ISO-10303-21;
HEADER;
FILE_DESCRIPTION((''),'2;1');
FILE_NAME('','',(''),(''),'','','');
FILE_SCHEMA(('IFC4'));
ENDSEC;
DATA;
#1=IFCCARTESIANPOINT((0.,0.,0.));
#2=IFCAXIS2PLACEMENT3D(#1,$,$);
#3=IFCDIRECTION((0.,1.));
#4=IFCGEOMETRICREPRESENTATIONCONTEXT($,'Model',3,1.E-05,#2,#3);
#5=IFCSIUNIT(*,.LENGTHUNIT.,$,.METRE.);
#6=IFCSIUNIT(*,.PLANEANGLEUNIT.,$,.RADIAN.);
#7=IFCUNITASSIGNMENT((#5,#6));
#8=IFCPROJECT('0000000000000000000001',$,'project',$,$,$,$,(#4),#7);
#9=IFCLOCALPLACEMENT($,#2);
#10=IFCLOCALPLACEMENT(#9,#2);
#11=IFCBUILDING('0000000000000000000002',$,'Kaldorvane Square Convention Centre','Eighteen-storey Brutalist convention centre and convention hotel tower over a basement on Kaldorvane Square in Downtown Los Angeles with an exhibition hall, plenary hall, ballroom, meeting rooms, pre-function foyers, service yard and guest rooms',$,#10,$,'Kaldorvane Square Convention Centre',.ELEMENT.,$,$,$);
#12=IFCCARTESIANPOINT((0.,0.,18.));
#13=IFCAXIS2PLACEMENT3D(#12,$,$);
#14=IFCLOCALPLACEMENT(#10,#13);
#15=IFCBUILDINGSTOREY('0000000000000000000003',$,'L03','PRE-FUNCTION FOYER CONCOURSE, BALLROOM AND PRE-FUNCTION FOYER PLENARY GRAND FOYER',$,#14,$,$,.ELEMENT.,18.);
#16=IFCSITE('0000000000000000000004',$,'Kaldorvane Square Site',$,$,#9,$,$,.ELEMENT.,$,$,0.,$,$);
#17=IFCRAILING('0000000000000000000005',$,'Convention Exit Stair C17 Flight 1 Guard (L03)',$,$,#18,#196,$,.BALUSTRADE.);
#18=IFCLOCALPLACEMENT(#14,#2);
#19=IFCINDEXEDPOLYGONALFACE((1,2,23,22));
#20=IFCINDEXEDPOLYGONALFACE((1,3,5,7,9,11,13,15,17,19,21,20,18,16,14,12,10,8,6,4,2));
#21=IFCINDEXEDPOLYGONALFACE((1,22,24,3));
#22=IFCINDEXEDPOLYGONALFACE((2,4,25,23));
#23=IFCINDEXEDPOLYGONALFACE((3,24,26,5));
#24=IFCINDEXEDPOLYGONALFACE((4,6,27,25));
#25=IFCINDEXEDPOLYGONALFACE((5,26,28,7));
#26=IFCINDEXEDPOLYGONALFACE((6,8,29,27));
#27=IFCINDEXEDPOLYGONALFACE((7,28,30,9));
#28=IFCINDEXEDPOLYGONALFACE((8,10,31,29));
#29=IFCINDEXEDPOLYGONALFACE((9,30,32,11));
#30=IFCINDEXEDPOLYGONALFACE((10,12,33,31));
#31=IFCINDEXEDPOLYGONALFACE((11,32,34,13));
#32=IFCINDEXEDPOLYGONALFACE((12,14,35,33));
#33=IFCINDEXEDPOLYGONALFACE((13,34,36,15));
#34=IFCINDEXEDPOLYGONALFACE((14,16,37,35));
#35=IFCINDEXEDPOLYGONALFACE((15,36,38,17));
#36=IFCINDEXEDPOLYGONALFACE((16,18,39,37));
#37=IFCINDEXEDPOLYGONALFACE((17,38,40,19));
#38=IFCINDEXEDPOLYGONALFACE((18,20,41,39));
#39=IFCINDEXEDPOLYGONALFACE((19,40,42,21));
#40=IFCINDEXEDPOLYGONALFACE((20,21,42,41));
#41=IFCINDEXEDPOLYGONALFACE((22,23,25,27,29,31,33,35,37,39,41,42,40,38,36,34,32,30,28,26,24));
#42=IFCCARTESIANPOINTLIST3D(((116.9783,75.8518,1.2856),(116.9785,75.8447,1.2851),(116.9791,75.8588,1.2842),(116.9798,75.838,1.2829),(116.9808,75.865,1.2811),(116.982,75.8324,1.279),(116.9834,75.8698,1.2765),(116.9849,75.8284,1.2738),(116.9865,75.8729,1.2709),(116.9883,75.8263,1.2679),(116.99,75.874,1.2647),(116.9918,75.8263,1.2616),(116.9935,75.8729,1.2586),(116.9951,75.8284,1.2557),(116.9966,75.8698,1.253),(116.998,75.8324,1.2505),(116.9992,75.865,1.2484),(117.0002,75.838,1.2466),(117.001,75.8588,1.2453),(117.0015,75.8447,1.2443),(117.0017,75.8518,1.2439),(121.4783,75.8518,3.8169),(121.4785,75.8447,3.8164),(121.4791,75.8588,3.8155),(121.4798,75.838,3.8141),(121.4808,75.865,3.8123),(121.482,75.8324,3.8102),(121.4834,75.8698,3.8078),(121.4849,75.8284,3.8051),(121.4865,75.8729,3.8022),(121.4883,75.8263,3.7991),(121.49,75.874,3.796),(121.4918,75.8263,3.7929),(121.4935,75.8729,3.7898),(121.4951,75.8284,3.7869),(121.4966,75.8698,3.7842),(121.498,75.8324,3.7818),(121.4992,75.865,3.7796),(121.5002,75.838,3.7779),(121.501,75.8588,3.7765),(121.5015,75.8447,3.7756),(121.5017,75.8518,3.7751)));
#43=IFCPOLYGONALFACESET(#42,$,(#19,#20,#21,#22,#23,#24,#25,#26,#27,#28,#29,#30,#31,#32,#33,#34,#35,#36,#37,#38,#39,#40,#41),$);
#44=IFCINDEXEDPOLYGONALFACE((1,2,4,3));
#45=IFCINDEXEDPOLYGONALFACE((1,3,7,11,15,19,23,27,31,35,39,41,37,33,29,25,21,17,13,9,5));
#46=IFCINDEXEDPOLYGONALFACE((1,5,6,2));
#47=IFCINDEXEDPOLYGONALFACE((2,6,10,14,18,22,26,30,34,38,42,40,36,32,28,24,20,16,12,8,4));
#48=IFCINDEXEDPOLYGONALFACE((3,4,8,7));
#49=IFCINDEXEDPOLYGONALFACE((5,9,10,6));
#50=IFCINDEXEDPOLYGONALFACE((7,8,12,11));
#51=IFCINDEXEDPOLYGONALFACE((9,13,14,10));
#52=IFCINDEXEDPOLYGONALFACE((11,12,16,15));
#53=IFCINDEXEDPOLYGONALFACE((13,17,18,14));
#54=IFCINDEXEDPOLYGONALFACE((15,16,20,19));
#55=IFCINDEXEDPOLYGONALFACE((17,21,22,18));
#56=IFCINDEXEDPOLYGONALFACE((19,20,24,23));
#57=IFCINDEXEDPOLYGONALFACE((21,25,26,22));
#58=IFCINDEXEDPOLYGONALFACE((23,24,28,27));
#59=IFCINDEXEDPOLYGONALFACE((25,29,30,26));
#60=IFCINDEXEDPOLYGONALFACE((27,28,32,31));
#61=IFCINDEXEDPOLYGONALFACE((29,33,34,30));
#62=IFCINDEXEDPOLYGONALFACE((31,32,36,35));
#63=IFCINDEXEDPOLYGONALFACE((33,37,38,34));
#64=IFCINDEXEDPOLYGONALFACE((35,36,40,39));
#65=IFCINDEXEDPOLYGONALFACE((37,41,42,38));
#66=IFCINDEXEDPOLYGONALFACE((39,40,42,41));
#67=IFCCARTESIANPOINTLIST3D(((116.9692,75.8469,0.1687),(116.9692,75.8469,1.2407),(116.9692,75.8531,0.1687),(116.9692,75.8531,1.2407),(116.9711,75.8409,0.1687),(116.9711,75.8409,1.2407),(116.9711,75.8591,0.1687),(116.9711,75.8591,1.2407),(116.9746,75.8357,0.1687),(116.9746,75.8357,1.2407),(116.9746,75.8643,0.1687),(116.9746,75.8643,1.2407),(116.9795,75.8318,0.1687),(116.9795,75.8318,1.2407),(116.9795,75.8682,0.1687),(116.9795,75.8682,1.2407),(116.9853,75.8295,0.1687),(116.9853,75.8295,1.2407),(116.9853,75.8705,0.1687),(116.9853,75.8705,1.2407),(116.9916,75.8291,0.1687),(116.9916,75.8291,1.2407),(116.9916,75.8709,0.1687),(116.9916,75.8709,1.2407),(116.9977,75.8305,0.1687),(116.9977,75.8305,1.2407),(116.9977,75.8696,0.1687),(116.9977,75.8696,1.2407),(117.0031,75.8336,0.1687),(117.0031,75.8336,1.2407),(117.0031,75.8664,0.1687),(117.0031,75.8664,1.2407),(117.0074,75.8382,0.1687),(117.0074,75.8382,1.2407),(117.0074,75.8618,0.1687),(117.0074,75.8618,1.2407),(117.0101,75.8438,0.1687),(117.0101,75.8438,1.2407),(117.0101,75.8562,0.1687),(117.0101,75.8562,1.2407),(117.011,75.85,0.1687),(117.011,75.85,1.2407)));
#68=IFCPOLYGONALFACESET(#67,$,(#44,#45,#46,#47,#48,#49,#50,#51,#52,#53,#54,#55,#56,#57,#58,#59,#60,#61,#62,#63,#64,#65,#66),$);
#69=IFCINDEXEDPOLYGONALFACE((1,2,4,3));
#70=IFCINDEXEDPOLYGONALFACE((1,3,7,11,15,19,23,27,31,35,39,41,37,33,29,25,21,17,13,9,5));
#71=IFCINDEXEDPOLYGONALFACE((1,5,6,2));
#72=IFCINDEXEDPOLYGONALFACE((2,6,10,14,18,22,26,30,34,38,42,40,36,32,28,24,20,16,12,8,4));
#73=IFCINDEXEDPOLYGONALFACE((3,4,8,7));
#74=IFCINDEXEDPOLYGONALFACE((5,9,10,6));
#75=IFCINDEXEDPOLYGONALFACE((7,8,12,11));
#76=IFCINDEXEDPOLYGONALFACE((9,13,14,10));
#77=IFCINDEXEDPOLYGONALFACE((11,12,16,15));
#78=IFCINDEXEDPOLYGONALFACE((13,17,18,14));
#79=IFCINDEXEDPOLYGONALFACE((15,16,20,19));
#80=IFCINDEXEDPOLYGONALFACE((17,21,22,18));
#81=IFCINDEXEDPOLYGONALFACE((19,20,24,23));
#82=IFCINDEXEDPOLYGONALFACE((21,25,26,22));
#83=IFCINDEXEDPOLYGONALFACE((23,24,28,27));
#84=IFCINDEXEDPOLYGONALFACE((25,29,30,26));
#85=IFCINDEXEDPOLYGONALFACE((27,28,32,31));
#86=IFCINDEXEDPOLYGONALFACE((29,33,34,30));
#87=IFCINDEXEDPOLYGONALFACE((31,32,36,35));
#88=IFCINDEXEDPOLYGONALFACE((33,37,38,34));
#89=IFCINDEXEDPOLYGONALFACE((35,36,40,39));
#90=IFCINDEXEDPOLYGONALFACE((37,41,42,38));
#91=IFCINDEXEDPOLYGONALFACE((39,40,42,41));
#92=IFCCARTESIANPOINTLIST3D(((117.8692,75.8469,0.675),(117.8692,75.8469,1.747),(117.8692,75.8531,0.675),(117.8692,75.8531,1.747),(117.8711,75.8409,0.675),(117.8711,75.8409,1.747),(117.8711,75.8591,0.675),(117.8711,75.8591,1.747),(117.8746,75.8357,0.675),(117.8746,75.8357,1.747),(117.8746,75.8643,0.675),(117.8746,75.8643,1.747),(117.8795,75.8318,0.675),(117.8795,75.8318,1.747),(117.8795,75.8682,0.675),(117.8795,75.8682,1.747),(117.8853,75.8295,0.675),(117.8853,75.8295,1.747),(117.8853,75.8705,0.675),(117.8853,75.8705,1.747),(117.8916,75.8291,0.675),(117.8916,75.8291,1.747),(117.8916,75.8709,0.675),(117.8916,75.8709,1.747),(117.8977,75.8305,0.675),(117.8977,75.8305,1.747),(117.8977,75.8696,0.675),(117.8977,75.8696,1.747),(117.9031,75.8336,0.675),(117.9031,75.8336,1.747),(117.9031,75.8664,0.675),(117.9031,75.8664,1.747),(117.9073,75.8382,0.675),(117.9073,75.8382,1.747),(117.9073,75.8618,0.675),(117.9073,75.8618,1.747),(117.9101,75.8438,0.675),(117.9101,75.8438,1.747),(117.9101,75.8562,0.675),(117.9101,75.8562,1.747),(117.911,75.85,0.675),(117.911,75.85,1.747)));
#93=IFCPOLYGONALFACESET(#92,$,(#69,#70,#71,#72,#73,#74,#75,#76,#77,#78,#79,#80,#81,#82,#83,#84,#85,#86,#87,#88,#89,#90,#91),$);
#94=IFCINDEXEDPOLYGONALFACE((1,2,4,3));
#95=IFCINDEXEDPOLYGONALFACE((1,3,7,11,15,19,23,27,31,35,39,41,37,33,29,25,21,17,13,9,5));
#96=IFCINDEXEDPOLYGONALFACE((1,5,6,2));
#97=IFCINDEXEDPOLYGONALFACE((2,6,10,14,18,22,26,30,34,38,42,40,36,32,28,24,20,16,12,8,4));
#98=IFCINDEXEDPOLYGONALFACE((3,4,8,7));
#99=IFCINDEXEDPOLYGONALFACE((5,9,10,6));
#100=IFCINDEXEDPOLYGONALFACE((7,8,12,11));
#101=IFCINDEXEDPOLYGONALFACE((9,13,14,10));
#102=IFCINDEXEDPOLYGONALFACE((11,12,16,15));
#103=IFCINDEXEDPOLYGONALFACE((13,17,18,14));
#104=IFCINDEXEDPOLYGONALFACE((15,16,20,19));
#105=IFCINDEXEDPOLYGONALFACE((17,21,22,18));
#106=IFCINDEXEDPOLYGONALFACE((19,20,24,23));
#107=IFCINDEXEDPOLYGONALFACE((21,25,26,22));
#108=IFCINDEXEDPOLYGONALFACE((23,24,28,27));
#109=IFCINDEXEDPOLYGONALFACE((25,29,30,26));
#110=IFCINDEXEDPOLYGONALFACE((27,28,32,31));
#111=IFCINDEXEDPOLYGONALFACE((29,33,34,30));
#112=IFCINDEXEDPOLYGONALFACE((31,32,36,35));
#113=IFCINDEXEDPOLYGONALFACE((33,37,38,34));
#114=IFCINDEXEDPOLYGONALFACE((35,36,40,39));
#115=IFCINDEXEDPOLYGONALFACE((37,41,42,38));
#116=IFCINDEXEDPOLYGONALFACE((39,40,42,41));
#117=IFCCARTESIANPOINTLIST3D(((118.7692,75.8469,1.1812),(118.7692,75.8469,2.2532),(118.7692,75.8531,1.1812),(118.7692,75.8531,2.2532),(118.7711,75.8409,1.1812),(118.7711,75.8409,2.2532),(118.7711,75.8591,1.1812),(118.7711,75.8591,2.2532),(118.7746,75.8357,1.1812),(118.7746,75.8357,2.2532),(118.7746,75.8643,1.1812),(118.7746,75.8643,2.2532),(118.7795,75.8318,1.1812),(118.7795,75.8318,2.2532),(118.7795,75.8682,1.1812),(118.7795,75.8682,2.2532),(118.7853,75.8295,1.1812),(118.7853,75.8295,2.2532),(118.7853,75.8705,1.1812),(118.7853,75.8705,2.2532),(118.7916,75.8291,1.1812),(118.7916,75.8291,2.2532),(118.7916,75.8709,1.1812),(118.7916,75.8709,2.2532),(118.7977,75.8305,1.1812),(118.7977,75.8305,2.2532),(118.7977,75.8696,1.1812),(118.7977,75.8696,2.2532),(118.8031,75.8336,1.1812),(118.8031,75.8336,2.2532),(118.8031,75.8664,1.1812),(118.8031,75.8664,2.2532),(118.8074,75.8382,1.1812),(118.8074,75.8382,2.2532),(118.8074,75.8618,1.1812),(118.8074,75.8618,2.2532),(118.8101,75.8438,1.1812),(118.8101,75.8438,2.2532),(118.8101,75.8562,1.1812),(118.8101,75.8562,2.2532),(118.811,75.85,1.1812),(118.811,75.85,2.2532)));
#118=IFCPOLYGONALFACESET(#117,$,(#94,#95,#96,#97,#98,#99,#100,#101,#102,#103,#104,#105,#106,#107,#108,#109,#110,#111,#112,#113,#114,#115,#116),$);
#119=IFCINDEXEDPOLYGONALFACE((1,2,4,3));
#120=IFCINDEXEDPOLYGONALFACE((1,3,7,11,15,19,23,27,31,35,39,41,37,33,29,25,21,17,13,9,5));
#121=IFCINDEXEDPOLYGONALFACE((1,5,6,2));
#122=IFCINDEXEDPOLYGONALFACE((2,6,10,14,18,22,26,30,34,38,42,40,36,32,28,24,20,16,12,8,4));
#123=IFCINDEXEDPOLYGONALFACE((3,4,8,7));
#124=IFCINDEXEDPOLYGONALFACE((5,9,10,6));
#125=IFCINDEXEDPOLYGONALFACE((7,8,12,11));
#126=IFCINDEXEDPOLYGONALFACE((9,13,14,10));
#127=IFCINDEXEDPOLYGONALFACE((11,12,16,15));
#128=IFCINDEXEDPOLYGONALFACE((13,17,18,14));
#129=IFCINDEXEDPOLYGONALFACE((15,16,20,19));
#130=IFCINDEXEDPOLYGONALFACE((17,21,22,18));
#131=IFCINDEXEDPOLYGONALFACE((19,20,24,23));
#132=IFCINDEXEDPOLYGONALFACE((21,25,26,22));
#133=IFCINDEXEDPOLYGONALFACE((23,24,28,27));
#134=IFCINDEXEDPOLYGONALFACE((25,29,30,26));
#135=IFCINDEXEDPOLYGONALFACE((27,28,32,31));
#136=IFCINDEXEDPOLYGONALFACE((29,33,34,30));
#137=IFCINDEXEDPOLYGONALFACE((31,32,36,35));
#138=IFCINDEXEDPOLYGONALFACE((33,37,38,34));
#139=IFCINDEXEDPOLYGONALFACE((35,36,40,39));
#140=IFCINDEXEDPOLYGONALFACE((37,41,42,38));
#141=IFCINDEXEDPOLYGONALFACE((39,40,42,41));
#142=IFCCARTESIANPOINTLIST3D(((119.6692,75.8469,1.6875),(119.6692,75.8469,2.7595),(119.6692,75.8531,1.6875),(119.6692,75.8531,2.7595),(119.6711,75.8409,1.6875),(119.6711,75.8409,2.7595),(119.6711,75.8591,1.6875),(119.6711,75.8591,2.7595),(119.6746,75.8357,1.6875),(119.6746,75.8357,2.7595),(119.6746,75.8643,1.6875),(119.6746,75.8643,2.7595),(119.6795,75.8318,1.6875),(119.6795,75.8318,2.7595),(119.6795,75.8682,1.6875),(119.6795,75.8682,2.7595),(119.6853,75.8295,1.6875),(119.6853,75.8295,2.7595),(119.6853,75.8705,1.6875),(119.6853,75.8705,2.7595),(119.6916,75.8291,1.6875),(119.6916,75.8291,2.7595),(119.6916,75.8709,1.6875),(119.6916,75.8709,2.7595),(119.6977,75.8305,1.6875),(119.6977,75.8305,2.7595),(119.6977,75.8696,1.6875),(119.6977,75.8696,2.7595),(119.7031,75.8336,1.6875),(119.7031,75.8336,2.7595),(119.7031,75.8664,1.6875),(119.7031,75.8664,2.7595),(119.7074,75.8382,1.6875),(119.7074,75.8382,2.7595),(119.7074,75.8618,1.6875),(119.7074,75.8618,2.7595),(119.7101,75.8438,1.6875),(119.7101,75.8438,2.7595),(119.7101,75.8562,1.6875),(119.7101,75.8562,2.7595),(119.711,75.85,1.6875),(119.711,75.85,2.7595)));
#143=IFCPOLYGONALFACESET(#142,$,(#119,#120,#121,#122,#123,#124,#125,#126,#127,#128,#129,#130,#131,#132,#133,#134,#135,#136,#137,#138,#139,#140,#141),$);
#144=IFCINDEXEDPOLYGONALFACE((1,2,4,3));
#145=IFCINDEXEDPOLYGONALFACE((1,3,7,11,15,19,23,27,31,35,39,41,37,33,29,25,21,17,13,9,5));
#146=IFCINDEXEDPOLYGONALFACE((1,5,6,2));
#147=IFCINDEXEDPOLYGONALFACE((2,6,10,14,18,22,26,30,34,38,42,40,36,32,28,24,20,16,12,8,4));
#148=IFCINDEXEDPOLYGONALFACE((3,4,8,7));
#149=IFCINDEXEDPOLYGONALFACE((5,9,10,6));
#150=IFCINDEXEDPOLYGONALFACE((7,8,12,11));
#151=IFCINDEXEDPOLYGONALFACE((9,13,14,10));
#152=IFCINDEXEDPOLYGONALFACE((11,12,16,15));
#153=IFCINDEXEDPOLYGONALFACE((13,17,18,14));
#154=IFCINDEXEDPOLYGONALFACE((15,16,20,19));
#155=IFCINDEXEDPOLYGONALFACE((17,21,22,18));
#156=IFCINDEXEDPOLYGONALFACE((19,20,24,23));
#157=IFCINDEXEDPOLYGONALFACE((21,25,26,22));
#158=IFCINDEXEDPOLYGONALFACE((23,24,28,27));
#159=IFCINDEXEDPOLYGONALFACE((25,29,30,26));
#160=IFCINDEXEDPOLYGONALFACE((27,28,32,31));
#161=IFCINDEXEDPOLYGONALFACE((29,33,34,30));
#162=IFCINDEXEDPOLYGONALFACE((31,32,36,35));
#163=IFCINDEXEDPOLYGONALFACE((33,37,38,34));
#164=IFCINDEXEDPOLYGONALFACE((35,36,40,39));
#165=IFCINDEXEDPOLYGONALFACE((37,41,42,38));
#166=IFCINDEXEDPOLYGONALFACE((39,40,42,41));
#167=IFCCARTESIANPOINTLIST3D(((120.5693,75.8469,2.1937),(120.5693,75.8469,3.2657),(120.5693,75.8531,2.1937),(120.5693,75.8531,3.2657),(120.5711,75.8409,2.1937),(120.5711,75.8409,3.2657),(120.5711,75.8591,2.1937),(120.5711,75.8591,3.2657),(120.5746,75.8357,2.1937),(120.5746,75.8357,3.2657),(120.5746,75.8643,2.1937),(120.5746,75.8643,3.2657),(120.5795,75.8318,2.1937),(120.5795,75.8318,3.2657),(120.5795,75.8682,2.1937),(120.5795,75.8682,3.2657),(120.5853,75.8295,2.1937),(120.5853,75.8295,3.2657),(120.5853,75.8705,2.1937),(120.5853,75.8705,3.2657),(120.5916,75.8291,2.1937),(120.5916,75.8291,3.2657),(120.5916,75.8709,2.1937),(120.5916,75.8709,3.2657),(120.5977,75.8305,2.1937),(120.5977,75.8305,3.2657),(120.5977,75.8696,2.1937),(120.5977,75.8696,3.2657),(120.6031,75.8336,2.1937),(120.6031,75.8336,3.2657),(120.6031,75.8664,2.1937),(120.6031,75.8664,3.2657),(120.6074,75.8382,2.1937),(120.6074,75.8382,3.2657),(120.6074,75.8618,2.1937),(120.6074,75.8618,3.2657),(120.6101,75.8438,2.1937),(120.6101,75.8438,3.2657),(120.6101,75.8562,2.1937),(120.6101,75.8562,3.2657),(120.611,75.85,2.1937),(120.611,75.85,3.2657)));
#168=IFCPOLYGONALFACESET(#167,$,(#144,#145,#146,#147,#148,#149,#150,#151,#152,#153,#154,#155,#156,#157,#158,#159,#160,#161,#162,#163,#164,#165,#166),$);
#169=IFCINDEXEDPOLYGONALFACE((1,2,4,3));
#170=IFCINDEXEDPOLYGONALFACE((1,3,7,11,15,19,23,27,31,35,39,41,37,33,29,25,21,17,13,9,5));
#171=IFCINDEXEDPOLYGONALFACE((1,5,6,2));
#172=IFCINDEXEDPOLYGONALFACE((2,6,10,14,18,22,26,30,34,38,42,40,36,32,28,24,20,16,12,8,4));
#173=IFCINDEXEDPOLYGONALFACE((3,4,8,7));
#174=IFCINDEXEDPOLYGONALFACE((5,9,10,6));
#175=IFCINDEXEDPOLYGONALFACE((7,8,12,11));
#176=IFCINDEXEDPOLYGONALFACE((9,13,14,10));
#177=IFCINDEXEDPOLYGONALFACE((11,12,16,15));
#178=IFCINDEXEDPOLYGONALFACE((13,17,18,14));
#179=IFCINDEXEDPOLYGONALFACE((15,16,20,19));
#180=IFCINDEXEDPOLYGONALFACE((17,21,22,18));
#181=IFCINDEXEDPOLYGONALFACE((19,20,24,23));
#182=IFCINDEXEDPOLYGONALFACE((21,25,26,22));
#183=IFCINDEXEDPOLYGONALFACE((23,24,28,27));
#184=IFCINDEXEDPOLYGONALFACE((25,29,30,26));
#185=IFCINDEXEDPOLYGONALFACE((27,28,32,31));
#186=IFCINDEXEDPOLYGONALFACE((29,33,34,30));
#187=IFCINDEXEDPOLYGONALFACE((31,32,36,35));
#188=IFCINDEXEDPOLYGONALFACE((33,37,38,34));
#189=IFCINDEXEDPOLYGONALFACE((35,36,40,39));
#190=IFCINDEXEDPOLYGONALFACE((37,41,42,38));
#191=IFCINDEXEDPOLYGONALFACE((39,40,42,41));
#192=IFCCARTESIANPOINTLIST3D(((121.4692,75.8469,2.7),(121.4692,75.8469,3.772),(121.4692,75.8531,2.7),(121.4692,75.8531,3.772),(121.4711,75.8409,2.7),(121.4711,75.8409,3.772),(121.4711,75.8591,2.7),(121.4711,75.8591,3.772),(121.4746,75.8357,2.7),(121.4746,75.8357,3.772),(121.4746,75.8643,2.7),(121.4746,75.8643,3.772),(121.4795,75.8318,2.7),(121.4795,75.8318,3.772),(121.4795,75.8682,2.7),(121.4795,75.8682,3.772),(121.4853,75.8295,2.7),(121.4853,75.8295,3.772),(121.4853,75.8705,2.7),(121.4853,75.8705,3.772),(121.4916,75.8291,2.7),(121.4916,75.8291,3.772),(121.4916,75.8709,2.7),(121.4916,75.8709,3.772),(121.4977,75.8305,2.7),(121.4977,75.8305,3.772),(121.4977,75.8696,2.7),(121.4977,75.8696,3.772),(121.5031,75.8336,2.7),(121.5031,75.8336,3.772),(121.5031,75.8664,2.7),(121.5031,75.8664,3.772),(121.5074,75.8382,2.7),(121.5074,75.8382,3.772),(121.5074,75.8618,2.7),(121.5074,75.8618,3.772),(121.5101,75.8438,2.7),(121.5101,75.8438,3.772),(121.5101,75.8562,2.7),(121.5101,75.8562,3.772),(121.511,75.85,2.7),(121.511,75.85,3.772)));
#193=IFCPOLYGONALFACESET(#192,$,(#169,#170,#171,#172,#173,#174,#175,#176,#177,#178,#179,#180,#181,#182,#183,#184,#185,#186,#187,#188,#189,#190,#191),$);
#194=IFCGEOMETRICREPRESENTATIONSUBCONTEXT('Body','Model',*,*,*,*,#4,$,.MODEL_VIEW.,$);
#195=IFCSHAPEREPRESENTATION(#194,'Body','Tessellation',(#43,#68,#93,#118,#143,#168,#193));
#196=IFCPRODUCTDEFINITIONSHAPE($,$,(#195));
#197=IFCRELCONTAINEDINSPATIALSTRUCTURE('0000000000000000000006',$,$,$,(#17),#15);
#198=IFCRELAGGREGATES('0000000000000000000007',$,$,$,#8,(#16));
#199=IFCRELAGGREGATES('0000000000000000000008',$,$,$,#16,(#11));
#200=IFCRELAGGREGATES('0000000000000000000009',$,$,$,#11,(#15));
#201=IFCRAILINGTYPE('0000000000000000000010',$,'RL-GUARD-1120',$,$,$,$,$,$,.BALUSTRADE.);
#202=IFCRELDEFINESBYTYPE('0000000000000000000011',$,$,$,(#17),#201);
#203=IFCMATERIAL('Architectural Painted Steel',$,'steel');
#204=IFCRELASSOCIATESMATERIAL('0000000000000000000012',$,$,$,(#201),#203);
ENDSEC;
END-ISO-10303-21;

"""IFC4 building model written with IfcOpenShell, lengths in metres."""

from ifc_helpers import new_model, si_unit, direction, frame, origin, origin_2d, place, context, subcontext, project, spatial, circle, extrude, material, type_object, element, save


model = new_model("IFC4")

# Units and contexts
model_context = context("Model", 3, precision=1e-05, world=origin(), true_north=direction((0.0, 1.0)))
body_context = subcontext(model_context, "Body", "Model", "MODEL_VIEW")
ifc_project = project(units=[si_unit("LENGTHUNIT", "METRE"), si_unit("PLANEANGLEUNIT", "RADIAN")], contexts=[model_context])

# Site, building, storey
site_placement = place(None, origin())
site = spatial("IfcSite", under=ifc_project, at=site_placement, Name="Kaldorvane Square Site", CompositionType="ELEMENT", RefElevation=0.0)
building_placement = place(site_placement, origin())
building = spatial("IfcBuilding", under=site, at=building_placement, Name="Kaldorvane Square Convention Centre", Description="Eighteen-storey Brutalist convention centre and convention hotel tower over a basement on Kaldorvane Square in Downtown Los Angeles with an exhibition hall, plenary hall, ballroom, meeting rooms, pre-function foyers, service yard and guest rooms", LongName="Kaldorvane Square Convention Centre", CompositionType="ELEMENT")
storey_placement = place(building_placement, frame((0.0, 0.0, 18.0)))
storey = spatial("IfcBuildingStorey", under=building, at=storey_placement, Name="L03", Description="PRE-FUNCTION FOYER CONCOURSE, BALLROOM AND PRE-FUNCTION FOYER PLENARY GRAND FOYER", CompositionType="ELEMENT", Elevation=18.0)

# Railing
ifc_material_1 = material(Name="Architectural Painted Steel", Category="steel")
railing_type_1 = type_object("IfcRailingType", Name="RL-GUARD-1120", PredefinedType="BALUSTRADE", material=ifc_material_1)
railing_1_placement = place(storey_placement, frame((116.99, 75.85, 0.1687)))
element("IfcRailing", 1, at=railing_1_placement, inside=storey, type_object=railing_type_1, Name="Convention Exit Stair C17 Flight 1 Guard (L03)", PredefinedType="BALUSTRADE", context=body_context, shape_type="SweptSolid", body=[
    extrude(circle(Radius=0.024, at=origin_2d()), frame((0.0, 0.0, 1.096), z_axis=(0.871576, 0.0, 0.490261), x_axis=(0.0, 1.0, 0.0)), (0.0, 0.0, 1.0), 5.1631),
    extrude(circle(Radius=0.021, at=origin_2d()), origin(), (0.0, 0.0, 1.0), 1.072),
    extrude(circle(Radius=0.021, at=origin_2d()), frame((0.9, 0.0, 0.5063)), (0.0, 0.0, 1.0), 1.072),
    extrude(circle(Radius=0.021, at=origin_2d()), frame((1.8, 0.0, 1.0125)), (0.0, 0.0, 1.0), 1.072),
    extrude(circle(Radius=0.021, at=origin_2d()), frame((2.7, 0.0, 1.5188)), (0.0, 0.0, 1.0), 1.072),
    extrude(circle(Radius=0.021, at=origin_2d()), frame((3.6, 0.0, 2.025)), (0.0, 0.0, 1.0), 1.072),
    extrude(circle(Radius=0.021, at=origin_2d()), frame((4.5, 0.0, 2.5312)), (0.0, 0.0, 1.0), 1.072),
])

save(model, "model.ifc")
